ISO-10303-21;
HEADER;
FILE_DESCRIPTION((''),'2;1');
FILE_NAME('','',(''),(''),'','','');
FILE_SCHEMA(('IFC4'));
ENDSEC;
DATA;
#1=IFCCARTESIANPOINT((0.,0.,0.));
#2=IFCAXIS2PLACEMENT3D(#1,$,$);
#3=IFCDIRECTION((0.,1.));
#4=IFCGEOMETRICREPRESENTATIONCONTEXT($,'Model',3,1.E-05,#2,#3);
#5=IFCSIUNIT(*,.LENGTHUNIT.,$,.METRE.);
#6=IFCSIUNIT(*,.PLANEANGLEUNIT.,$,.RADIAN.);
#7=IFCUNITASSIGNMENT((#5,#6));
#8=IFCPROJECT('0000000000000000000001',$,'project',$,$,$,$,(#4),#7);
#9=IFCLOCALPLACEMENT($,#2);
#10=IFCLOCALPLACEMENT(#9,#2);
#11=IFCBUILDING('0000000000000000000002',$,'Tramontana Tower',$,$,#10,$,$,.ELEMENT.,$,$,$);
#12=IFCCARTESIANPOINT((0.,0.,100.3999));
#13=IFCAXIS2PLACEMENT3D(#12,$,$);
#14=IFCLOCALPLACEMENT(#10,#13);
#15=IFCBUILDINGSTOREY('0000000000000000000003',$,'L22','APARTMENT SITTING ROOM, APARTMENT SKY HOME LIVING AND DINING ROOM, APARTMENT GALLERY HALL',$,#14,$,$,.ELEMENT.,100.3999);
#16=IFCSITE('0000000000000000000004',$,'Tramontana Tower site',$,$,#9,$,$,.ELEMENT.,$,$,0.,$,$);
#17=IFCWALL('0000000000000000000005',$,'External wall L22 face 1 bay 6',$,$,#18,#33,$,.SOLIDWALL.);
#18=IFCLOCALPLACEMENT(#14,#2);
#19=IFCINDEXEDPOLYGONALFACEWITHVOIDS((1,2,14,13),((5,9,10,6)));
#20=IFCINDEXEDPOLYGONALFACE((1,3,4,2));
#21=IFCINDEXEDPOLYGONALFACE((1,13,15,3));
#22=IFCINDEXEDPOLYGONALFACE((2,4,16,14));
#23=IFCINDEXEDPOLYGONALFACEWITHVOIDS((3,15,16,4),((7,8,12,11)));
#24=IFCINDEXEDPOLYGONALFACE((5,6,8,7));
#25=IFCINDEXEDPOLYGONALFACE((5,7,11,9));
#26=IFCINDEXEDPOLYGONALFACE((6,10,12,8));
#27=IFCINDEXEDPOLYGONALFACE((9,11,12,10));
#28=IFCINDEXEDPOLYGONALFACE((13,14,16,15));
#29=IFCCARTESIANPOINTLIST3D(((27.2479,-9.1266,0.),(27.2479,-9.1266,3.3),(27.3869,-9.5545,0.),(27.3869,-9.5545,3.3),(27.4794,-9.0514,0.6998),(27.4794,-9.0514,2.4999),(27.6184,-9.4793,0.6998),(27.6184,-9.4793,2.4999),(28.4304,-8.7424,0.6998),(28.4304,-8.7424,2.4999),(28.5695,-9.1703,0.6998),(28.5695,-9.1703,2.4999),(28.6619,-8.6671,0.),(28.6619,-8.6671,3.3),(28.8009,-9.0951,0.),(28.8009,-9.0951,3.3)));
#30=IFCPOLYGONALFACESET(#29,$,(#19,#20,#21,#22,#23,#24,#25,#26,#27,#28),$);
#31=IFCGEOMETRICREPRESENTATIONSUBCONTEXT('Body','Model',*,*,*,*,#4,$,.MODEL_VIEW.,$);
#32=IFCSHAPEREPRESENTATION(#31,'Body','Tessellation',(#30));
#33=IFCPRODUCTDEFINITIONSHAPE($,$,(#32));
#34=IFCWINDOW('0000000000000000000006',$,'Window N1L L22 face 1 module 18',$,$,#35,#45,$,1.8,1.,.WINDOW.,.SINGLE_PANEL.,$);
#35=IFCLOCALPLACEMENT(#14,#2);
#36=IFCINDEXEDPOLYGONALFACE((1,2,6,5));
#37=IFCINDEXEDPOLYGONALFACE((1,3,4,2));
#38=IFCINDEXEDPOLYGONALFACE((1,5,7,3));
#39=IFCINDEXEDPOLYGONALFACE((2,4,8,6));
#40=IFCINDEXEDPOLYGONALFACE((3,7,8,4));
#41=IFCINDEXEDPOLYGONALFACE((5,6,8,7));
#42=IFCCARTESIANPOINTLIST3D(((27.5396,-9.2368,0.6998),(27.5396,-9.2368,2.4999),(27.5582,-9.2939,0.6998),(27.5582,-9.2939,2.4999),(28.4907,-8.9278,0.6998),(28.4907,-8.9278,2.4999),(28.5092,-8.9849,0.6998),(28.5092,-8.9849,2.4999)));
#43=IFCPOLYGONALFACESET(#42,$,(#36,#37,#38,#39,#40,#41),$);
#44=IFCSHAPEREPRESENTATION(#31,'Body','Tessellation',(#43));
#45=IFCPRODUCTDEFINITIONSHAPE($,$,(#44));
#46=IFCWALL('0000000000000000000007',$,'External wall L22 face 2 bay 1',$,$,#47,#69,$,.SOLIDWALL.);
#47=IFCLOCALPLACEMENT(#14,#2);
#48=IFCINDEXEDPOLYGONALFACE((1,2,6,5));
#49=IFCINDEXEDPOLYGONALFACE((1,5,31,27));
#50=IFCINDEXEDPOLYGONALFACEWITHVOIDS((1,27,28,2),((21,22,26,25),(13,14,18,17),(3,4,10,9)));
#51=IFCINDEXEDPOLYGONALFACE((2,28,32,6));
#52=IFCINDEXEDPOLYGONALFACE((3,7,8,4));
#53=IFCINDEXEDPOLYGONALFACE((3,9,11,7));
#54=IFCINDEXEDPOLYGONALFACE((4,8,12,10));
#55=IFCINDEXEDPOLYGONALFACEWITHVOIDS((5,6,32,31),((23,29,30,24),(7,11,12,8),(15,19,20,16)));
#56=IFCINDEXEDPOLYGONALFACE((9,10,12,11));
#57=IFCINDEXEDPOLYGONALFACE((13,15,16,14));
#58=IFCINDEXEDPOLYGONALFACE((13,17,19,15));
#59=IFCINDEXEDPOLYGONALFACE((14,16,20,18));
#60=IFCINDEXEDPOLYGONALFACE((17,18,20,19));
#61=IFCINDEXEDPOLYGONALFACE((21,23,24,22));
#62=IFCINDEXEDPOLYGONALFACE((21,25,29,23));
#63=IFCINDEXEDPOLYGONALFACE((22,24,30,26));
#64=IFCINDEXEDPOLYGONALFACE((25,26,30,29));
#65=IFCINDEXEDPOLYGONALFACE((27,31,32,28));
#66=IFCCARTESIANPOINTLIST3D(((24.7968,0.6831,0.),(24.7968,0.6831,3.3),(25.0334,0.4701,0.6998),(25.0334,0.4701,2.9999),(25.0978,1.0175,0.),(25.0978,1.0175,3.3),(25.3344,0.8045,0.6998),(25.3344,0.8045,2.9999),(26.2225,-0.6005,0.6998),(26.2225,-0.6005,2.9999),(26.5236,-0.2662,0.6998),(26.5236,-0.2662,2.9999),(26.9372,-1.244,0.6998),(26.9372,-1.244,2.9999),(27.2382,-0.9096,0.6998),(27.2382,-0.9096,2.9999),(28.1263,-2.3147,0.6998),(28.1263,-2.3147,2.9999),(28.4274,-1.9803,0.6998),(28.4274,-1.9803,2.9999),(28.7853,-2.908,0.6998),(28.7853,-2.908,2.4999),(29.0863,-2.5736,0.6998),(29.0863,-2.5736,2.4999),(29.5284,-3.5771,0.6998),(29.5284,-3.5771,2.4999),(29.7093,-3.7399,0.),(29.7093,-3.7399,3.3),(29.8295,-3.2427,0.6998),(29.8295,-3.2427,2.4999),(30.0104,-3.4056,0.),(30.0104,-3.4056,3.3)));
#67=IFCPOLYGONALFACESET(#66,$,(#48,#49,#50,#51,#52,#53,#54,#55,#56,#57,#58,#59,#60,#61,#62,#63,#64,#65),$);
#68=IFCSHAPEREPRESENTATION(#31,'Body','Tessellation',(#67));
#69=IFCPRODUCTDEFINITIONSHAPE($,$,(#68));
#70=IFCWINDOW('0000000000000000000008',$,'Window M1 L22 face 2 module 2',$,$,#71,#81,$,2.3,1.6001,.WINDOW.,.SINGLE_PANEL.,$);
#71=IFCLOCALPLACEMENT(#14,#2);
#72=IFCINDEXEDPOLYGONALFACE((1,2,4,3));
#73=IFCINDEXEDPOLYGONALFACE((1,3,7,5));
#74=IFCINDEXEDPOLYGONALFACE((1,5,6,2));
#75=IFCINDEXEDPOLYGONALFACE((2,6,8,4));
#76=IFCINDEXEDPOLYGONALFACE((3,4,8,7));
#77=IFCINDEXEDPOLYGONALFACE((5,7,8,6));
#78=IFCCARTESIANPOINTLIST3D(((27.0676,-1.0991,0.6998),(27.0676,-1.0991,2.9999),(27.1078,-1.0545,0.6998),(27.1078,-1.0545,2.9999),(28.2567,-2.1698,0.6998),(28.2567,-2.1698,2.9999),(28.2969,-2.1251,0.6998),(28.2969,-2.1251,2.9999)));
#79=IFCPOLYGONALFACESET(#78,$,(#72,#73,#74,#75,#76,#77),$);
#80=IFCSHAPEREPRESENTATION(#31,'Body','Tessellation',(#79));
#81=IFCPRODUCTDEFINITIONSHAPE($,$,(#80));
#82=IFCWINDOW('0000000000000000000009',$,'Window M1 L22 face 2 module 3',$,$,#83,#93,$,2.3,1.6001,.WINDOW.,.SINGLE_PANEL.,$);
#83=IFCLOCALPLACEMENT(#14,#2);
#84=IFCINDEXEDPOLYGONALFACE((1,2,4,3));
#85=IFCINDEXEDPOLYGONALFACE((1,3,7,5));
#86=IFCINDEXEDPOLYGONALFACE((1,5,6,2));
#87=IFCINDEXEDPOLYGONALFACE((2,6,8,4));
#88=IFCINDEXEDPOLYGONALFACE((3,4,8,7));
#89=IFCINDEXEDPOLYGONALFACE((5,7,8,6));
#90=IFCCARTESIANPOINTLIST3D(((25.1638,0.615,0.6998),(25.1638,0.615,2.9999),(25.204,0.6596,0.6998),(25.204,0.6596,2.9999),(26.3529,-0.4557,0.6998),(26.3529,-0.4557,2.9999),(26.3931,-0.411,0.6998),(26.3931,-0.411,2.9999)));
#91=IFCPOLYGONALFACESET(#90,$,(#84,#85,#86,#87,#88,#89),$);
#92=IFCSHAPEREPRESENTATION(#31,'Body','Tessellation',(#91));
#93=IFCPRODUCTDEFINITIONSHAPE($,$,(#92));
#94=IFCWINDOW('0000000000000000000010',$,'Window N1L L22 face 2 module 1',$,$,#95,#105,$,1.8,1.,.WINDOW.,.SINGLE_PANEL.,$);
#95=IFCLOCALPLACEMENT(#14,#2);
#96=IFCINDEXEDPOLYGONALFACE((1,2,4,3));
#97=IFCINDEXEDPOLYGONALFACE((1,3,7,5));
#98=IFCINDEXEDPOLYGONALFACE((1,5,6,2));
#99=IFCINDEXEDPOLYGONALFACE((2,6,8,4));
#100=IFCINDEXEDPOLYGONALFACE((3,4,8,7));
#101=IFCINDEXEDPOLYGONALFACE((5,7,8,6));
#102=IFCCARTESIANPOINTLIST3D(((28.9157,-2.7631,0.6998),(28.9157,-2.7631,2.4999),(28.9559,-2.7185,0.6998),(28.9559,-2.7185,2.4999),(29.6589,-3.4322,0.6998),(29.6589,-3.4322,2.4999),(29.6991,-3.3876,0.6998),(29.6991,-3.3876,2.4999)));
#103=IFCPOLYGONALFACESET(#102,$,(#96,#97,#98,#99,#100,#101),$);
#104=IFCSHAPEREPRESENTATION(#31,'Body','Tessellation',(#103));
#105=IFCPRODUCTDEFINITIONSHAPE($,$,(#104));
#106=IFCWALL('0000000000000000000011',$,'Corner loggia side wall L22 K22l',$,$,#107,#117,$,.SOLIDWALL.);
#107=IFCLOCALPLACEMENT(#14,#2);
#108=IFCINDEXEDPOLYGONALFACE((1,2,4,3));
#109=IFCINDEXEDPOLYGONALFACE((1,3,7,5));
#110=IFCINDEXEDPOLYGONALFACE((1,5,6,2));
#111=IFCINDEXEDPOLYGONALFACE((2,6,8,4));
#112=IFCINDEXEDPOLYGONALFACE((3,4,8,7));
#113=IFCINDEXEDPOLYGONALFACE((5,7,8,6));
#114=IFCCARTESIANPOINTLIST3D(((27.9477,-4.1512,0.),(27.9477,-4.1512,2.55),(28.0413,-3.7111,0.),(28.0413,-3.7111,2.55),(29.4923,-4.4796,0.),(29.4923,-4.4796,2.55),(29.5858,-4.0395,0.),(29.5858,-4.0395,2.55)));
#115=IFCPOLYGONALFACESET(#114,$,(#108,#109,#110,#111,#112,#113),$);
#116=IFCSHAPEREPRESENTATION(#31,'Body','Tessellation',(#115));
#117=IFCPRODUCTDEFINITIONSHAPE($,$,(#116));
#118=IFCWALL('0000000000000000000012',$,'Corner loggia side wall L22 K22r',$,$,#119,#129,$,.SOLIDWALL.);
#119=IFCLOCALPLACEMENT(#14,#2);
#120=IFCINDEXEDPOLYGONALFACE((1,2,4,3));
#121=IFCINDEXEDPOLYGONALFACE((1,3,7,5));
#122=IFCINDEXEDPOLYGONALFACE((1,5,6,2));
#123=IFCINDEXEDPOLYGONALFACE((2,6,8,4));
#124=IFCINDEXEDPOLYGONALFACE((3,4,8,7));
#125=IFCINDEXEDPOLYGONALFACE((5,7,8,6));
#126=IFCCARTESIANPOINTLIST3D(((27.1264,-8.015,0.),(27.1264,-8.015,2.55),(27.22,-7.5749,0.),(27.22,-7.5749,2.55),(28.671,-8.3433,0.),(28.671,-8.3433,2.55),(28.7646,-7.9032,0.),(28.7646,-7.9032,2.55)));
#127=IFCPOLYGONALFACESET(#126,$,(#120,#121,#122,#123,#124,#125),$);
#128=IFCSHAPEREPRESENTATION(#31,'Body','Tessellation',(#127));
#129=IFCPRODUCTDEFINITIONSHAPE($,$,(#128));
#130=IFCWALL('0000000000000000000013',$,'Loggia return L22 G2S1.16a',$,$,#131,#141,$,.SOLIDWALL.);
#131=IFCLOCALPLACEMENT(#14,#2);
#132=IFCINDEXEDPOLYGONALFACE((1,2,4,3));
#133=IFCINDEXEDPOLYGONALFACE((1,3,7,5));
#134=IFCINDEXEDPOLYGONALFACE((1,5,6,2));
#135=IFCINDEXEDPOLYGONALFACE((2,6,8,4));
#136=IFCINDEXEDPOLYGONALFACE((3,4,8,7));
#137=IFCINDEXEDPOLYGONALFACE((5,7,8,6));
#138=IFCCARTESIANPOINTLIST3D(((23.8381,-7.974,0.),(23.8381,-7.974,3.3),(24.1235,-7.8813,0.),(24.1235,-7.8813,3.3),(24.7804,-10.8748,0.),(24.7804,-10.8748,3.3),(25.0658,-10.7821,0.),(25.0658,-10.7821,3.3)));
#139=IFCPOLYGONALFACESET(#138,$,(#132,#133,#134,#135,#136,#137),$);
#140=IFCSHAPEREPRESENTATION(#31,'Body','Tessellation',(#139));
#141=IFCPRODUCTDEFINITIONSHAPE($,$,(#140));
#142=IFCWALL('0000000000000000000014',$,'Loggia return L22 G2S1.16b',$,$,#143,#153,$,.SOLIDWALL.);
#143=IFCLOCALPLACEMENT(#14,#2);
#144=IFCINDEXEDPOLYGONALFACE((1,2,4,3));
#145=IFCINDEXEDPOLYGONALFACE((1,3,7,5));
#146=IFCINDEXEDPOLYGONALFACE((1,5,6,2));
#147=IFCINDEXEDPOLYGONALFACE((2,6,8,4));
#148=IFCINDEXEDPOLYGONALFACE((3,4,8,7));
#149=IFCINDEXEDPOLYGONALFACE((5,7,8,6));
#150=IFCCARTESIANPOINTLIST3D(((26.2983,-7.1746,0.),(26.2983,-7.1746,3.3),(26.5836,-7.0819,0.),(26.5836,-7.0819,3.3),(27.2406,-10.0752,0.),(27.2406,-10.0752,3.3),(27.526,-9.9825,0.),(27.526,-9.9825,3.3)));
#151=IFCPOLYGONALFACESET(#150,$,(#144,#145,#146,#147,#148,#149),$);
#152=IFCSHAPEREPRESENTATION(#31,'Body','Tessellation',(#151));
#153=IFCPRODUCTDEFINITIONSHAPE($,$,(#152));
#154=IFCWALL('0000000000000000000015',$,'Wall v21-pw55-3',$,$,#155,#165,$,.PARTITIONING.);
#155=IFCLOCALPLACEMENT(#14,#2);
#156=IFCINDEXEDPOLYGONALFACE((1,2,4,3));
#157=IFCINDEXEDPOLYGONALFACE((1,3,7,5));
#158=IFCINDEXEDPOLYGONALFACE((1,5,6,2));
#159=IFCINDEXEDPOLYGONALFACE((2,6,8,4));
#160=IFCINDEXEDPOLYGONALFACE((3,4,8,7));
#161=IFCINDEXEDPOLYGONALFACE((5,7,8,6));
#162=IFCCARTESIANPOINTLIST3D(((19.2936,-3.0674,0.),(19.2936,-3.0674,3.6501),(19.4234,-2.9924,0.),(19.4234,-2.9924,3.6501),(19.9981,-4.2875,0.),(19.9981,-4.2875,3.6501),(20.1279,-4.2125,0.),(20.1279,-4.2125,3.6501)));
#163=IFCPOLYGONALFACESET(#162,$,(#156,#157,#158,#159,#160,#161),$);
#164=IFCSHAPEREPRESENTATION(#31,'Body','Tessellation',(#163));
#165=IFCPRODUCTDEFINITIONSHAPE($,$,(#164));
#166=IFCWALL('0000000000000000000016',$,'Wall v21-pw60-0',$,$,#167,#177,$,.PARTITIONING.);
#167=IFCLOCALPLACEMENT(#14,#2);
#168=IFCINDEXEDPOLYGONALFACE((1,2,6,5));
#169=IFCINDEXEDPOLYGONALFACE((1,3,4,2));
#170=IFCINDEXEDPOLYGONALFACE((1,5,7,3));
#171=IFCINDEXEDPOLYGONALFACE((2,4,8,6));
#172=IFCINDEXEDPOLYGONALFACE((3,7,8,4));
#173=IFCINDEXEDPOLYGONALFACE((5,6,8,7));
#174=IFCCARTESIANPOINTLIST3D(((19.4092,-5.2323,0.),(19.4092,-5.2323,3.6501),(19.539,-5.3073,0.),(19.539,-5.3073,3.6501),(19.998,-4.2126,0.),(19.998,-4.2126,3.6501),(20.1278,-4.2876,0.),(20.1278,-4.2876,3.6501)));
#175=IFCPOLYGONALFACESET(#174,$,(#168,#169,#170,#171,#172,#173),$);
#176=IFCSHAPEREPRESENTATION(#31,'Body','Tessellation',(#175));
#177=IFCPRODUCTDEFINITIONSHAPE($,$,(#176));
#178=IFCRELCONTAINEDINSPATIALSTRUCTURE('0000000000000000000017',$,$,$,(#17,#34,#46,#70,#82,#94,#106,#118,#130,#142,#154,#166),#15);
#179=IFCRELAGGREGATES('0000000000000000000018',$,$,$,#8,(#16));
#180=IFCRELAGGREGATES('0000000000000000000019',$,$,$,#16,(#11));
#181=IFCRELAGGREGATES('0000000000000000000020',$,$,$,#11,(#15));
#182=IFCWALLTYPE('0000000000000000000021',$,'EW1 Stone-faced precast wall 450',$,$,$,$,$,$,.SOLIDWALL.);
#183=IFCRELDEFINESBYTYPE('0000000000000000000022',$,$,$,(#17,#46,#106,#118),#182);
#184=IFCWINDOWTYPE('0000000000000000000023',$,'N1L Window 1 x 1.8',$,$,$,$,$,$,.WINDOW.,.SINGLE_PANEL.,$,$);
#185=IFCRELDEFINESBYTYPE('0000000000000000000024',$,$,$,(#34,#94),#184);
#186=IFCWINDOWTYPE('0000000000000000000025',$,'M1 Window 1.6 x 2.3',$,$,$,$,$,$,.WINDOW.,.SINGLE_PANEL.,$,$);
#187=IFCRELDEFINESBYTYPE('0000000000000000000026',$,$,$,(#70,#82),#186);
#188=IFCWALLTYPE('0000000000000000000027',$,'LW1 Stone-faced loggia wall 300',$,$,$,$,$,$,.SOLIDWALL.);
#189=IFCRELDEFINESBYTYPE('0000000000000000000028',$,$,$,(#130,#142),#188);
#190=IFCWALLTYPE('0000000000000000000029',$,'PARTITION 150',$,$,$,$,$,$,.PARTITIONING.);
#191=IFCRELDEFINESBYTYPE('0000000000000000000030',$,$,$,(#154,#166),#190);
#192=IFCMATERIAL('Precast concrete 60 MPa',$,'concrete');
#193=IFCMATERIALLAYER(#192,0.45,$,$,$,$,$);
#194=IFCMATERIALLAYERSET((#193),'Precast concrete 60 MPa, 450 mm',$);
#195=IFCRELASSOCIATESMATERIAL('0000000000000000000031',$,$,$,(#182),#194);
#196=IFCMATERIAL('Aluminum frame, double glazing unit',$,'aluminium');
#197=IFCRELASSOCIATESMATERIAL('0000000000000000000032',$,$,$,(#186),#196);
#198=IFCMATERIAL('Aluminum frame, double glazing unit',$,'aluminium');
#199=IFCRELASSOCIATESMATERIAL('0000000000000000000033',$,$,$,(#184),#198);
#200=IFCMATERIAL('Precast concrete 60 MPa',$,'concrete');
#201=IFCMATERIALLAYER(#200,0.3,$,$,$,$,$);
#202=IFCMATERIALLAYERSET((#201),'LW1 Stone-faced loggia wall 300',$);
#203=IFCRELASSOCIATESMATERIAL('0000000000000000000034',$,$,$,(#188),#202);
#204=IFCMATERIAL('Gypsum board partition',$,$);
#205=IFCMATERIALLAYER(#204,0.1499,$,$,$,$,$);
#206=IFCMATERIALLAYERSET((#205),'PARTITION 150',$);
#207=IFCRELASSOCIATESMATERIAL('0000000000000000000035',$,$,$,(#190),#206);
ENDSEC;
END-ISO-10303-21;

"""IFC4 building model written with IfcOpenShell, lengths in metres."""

from ifc_helpers import new_model, si_unit, direction, frame, frame_2d, origin, place, context, subcontext, project, spatial, rectangle, extrude, material, layer, layer_set, type_object, element, fill, save


model = new_model("IFC4")

# Units and contexts
model_context = context("Model", 3, precision=1e-05, world=origin(), true_north=direction((0.0, 1.0)))
body_context = subcontext(model_context, "Body", "Model", "MODEL_VIEW")
ifc_project = project(units=[si_unit("LENGTHUNIT", "METRE"), si_unit("PLANEANGLEUNIT", "RADIAN")], contexts=[model_context])

# Site, building, storey
site_placement = place(None, origin())
site = spatial("IfcSite", under=ifc_project, at=site_placement, Name="Tramontana Tower site", CompositionType="ELEMENT", RefElevation=0.0)
building_placement = place(site_placement, origin())
building = spatial("IfcBuilding", under=site, at=building_placement, Name="Tramontana Tower", CompositionType="ELEMENT")
storey_placement = place(building_placement, frame((0.0, 0.0, 100.3999)))
storey = spatial("IfcBuildingStorey", under=building, at=storey_placement, Name="L22", Description="APARTMENT SITTING ROOM, APARTMENT SKY HOME LIVING AND DINING ROOM, APARTMENT GALLERY HALL", CompositionType="ELEMENT", Elevation=100.3999)

# Wall, opening, window
ifc_material_1 = material(Name="Precast concrete 60 MPa", Category="concrete")
ifc_layer_1 = layer(ifc_material_1, 0.45)
ifc_layer_set_1 = layer_set([ifc_layer_1], Name="Precast concrete 60 MPa, 450 mm")
wall_type_1 = type_object("IfcWallType", Name="EW1 Stone-faced precast wall 450", PredefinedType="SOLIDWALL", material=ifc_layer_set_1)
ifc_material_2 = material(Name="Aluminum frame, double glazing unit", Category="aluminium")
window_type_1 = type_object("IfcWindowType", Name="M1 Window 1.6 x 2.3", PartitioningType="SINGLE_PANEL", PredefinedType="WINDOW", material=ifc_material_2)
wall_1_placement = place(storey_placement, frame((27.3174, -9.3406, 0.0), z_axis=(0.0, 0.0, 1.0), x_axis=(0.951053, 0.309027, 0.0)))
wall_1 = element("IfcWall", 1, at=wall_1_placement, inside=storey, type_object=wall_type_1, Name="External wall L22 face 1 bay 6", PredefinedType="SOLIDWALL", context=body_context, shape_type="SweptSolid", body=[
    extrude(rectangle(XDim=1.4868, YDim=0.45, at=frame_2d((0.7434, 0.0))), origin(), (0.0, 0.0, 1.0), 3.3),
])
opening_1_placement = place(wall_1_placement, frame((0.2434, 0.0, 0.7)))
opening_1 = element("IfcOpeningElement", 2, at=opening_1_placement, cuts=wall_1, PredefinedType="OPENING", context=body_context, shape_type="SweptSolid", body=[
    extrude(rectangle(XDim=1.0, YDim=1.8, at=frame_2d((0.5, 0.8999))), frame((0.0, 0.2349, 0.0), z_axis=(0.0, -1.0, 0.0), x_axis=(1.0, 0.0, 0.0)), (0.0, 0.0, 1.0), 0.47),
])
ifc_material_3 = material(Name="Aluminum frame, double glazing unit", Category="aluminium")
window_type_2 = type_object("IfcWindowType", Name="N1L Window 1 x 1.8", PartitioningType="SINGLE_PANEL", PredefinedType="WINDOW", material=ifc_material_3)
window_1_placement = place(opening_1_placement, origin())
window_1 = element("IfcWindow", 3, at=window_1_placement, inside=storey, type_object=window_type_2, Name="Window N1L L22 face 1 module 18", OverallHeight=1.8, OverallWidth=1.0, PartitioningType="SINGLE_PANEL", PredefinedType="WINDOW", context=body_context, shape_type="SweptSolid", body=[
    extrude(rectangle(XDim=1.0, YDim=1.8, at=frame_2d((0.5, 0.8999))), frame((0.0, 0.03, 0.0), z_axis=(0.0, -1.0, 0.0), x_axis=(1.0, 0.0, 0.0)), (0.0, 0.0, 1.0), 0.0601),
])
fill(opening_1, window_1)

# Wall, openings, windows
wall_2_placement = place(storey_placement, frame((29.8599, -3.5728, 0.0), z_axis=(0.0, 0.0, 1.0), x_axis=(-0.743162, 0.669112, 0.0)))
wall_2 = element("IfcWall", 4, at=wall_2_placement, inside=storey, type_object=wall_type_1, Name="External wall L22 face 2 bay 1", PredefinedType="SOLIDWALL", context=body_context, shape_type="SweptSolid", body=[
    extrude(rectangle(XDim=6.6104, YDim=0.45, at=frame_2d((3.3052, 0.0))), origin(), (0.0, 0.0, 1.0), 3.3),
])
opening_2_placement = place(wall_2_placement, frame((0.2434, 0.0, 0.7)))
opening_2 = element("IfcOpeningElement", 5, at=opening_2_placement, cuts=wall_2, PredefinedType="OPENING", context=body_context, shape_type="SweptSolid", body=[
    extrude(rectangle(XDim=1.0, YDim=1.8, at=frame_2d((0.5, 0.8999))), frame((0.0, 0.2349, 0.0), z_axis=(0.0, -1.0, 0.0), x_axis=(1.0, 0.0, 0.0)), (0.0, 0.0, 1.0), 0.47),
])
opening_3_placement = place(wall_2_placement, frame((2.1301, 0.0, 0.7)))
opening_3 = element("IfcOpeningElement", 6, at=opening_3_placement, cuts=wall_2, PredefinedType="OPENING", context=body_context, shape_type="SweptSolid", body=[
    extrude(rectangle(XDim=1.6001, YDim=2.3, at=frame_2d((0.8, 1.1499))), frame((0.0, 0.2349, 0.0), z_axis=(0.0, -1.0, 0.0), x_axis=(1.0, 0.0, 0.0)), (0.0, 0.0, 1.0), 0.47),
])
opening_4_placement = place(wall_2_placement, frame((4.6919, 0.0, 0.7)))
opening_4 = element("IfcOpeningElement", 7, at=opening_4_placement, cuts=wall_2, PredefinedType="OPENING", context=body_context, shape_type="SweptSolid", body=[
    extrude(rectangle(XDim=1.6001, YDim=2.3, at=frame_2d((0.8, 1.1499))), frame((0.0, 0.2349, 0.0), z_axis=(0.0, -1.0, 0.0), x_axis=(1.0, 0.0, 0.0)), (0.0, 0.0, 1.0), 0.47),
])
window_2_placement = place(opening_3_placement, origin())
window_2 = element("IfcWindow", 8, at=window_2_placement, inside=storey, type_object=window_type_1, Name="Window M1 L22 face 2 module 2", OverallHeight=2.3, OverallWidth=1.6001, PartitioningType="SINGLE_PANEL", PredefinedType="WINDOW", context=body_context, shape_type="SweptSolid", body=[
    extrude(rectangle(XDim=1.6001, YDim=2.3, at=frame_2d((0.8, 1.1499))), frame((0.0, 0.03, 0.0), z_axis=(0.0, -1.0, 0.0), x_axis=(1.0, 0.0, 0.0)), (0.0, 0.0, 1.0), 0.0601),
])
fill(opening_3, window_2)
window_3_placement = place(opening_4_placement, origin())
window_3 = element("IfcWindow", 9, at=window_3_placement, inside=storey, type_object=window_type_1, Name="Window M1 L22 face 2 module 3", OverallHeight=2.3, OverallWidth=1.6001, PartitioningType="SINGLE_PANEL", PredefinedType="WINDOW", context=body_context, shape_type="SweptSolid", body=[
    extrude(rectangle(XDim=1.6001, YDim=2.3, at=frame_2d((0.8, 1.1499))), frame((0.0, 0.03, 0.0), z_axis=(0.0, -1.0, 0.0), x_axis=(1.0, 0.0, 0.0)), (0.0, 0.0, 1.0), 0.0601),
])
fill(opening_4, window_3)
window_4_placement = place(opening_2_placement, origin())
window_4 = element("IfcWindow", 10, at=window_4_placement, inside=storey, type_object=window_type_2, Name="Window N1L L22 face 2 module 1", OverallHeight=1.8, OverallWidth=1.0, PartitioningType="SINGLE_PANEL", PredefinedType="WINDOW", context=body_context, shape_type="SweptSolid", body=[
    extrude(rectangle(XDim=1.0, YDim=1.8, at=frame_2d((0.5, 0.8999))), frame((0.0, 0.03, 0.0), z_axis=(0.0, -1.0, 0.0), x_axis=(1.0, 0.0, 0.0)), (0.0, 0.0, 1.0), 0.0601),
])
fill(opening_2, window_4)

# Walls
for number, where, z_axis, x_axis, name in (
    (11, (29.5391, -4.2595, 0.0), (0.0, 0.0, 1.0), (-0.978143, 0.207935, 0.0), "Corner loggia side wall L22 K22l"),
    (12, (28.7178, -8.1233, 0.0), (0.0, 0.0, 1.0), (-0.978143, 0.207935, 0.0), "Corner loggia side wall L22 K22r"),
):
    element("IfcWall", number, at=place(storey_placement, frame(where, z_axis=z_axis, x_axis=x_axis)), inside=storey, type_object=wall_type_1, Name=name, PredefinedType="SOLIDWALL", context=body_context, shape_type="SweptSolid", body=[
        extrude(rectangle(XDim=1.5791, YDim=0.45, at=frame_2d((0.7896, 0.0))), origin(), (0.0, 0.0, 1.0), 2.55),
    ])

# Shared definitions
ifc_material_4 = material(Name="Precast concrete 60 MPa", Category="concrete")
ifc_layer_2 = layer(ifc_material_4, 0.3)
ifc_layer_set_2 = layer_set([ifc_layer_2], Name="LW1 Stone-faced loggia wall 300")
wall_type_2 = type_object("IfcWallType", Name="LW1 Stone-faced loggia wall 300", PredefinedType="SOLIDWALL", material=ifc_layer_set_2)

# Walls
wall_3_placement = place(storey_placement, frame((24.9231, -10.8284, 0.0), z_axis=(0.0, 0.0, 1.0), x_axis=(-0.308967, 0.951073, 0.0)))
element("IfcWall", 13, at=wall_3_placement, inside=storey, type_object=wall_type_2, Name="Loggia return L22 G2S1.16a", PredefinedType="SOLIDWALL", context=body_context, shape_type="SweptSolid", body=[
    extrude(rectangle(XDim=3.05, YDim=0.3, at=frame_2d((1.5249, 0.0))), origin(), (0.0, 0.0, 1.0), 3.3),
])
wall_4_placement = place(storey_placement, frame((27.3833, -10.0288, 0.0), z_axis=(0.0, 0.0, 1.0), x_axis=(-0.30899, 0.951065, 0.0)))
element("IfcWall", 14, at=wall_4_placement, inside=storey, type_object=wall_type_2, Name="Loggia return L22 G2S1.16b", PredefinedType="SOLIDWALL", context=body_context, shape_type="SweptSolid", body=[
    extrude(rectangle(XDim=3.0498, YDim=0.3, at=frame_2d((1.5249, 0.0))), origin(), (0.0, 0.0, 1.0), 3.3),
])
ifc_material_5 = material(Name="Gypsum board partition")
ifc_layer_3 = layer(ifc_material_5, 0.1499)
ifc_layer_set_3 = layer_set([ifc_layer_3], Name="PARTITION 150")
wall_type_3 = type_object("IfcWallType", Name="PARTITION 150", PredefinedType="PARTITIONING", material=ifc_layer_set_3)
wall_5_placement = place(storey_placement, frame((19.3584, -3.0298, 0.0), z_axis=(0.0, 0.0, 1.0), x_axis=(0.500052, -0.865995, 0.0)))
element("IfcWall", 15, at=wall_5_placement, inside=storey, type_object=wall_type_3, Name="Wall v21-pw55-3", PredefinedType="PARTITIONING", context=body_context, shape_type="SweptSolid", body=[
    extrude(rectangle(XDim=1.4089, YDim=0.1499, at=frame_2d((0.7046, 0.0))), origin(), (0.0, 0.0, 1.0), 3.6501),
])
wall_6_placement = place(storey_placement, frame((20.063, -4.25, 0.0), z_axis=(0.0, 0.0, 1.0), x_axis=(-0.500063, -0.865989, 0.0)))
element("IfcWall", 16, at=wall_6_placement, inside=storey, type_object=wall_type_3, Name="Wall v21-pw60-0", PredefinedType="PARTITIONING", context=body_context, shape_type="SweptSolid", body=[
    extrude(rectangle(XDim=1.1775, YDim=0.1499, at=frame_2d((0.5889, 0.0))), origin(), (0.0, 0.0, 1.0), 3.6501),
])

save(model, "model.ifc")
